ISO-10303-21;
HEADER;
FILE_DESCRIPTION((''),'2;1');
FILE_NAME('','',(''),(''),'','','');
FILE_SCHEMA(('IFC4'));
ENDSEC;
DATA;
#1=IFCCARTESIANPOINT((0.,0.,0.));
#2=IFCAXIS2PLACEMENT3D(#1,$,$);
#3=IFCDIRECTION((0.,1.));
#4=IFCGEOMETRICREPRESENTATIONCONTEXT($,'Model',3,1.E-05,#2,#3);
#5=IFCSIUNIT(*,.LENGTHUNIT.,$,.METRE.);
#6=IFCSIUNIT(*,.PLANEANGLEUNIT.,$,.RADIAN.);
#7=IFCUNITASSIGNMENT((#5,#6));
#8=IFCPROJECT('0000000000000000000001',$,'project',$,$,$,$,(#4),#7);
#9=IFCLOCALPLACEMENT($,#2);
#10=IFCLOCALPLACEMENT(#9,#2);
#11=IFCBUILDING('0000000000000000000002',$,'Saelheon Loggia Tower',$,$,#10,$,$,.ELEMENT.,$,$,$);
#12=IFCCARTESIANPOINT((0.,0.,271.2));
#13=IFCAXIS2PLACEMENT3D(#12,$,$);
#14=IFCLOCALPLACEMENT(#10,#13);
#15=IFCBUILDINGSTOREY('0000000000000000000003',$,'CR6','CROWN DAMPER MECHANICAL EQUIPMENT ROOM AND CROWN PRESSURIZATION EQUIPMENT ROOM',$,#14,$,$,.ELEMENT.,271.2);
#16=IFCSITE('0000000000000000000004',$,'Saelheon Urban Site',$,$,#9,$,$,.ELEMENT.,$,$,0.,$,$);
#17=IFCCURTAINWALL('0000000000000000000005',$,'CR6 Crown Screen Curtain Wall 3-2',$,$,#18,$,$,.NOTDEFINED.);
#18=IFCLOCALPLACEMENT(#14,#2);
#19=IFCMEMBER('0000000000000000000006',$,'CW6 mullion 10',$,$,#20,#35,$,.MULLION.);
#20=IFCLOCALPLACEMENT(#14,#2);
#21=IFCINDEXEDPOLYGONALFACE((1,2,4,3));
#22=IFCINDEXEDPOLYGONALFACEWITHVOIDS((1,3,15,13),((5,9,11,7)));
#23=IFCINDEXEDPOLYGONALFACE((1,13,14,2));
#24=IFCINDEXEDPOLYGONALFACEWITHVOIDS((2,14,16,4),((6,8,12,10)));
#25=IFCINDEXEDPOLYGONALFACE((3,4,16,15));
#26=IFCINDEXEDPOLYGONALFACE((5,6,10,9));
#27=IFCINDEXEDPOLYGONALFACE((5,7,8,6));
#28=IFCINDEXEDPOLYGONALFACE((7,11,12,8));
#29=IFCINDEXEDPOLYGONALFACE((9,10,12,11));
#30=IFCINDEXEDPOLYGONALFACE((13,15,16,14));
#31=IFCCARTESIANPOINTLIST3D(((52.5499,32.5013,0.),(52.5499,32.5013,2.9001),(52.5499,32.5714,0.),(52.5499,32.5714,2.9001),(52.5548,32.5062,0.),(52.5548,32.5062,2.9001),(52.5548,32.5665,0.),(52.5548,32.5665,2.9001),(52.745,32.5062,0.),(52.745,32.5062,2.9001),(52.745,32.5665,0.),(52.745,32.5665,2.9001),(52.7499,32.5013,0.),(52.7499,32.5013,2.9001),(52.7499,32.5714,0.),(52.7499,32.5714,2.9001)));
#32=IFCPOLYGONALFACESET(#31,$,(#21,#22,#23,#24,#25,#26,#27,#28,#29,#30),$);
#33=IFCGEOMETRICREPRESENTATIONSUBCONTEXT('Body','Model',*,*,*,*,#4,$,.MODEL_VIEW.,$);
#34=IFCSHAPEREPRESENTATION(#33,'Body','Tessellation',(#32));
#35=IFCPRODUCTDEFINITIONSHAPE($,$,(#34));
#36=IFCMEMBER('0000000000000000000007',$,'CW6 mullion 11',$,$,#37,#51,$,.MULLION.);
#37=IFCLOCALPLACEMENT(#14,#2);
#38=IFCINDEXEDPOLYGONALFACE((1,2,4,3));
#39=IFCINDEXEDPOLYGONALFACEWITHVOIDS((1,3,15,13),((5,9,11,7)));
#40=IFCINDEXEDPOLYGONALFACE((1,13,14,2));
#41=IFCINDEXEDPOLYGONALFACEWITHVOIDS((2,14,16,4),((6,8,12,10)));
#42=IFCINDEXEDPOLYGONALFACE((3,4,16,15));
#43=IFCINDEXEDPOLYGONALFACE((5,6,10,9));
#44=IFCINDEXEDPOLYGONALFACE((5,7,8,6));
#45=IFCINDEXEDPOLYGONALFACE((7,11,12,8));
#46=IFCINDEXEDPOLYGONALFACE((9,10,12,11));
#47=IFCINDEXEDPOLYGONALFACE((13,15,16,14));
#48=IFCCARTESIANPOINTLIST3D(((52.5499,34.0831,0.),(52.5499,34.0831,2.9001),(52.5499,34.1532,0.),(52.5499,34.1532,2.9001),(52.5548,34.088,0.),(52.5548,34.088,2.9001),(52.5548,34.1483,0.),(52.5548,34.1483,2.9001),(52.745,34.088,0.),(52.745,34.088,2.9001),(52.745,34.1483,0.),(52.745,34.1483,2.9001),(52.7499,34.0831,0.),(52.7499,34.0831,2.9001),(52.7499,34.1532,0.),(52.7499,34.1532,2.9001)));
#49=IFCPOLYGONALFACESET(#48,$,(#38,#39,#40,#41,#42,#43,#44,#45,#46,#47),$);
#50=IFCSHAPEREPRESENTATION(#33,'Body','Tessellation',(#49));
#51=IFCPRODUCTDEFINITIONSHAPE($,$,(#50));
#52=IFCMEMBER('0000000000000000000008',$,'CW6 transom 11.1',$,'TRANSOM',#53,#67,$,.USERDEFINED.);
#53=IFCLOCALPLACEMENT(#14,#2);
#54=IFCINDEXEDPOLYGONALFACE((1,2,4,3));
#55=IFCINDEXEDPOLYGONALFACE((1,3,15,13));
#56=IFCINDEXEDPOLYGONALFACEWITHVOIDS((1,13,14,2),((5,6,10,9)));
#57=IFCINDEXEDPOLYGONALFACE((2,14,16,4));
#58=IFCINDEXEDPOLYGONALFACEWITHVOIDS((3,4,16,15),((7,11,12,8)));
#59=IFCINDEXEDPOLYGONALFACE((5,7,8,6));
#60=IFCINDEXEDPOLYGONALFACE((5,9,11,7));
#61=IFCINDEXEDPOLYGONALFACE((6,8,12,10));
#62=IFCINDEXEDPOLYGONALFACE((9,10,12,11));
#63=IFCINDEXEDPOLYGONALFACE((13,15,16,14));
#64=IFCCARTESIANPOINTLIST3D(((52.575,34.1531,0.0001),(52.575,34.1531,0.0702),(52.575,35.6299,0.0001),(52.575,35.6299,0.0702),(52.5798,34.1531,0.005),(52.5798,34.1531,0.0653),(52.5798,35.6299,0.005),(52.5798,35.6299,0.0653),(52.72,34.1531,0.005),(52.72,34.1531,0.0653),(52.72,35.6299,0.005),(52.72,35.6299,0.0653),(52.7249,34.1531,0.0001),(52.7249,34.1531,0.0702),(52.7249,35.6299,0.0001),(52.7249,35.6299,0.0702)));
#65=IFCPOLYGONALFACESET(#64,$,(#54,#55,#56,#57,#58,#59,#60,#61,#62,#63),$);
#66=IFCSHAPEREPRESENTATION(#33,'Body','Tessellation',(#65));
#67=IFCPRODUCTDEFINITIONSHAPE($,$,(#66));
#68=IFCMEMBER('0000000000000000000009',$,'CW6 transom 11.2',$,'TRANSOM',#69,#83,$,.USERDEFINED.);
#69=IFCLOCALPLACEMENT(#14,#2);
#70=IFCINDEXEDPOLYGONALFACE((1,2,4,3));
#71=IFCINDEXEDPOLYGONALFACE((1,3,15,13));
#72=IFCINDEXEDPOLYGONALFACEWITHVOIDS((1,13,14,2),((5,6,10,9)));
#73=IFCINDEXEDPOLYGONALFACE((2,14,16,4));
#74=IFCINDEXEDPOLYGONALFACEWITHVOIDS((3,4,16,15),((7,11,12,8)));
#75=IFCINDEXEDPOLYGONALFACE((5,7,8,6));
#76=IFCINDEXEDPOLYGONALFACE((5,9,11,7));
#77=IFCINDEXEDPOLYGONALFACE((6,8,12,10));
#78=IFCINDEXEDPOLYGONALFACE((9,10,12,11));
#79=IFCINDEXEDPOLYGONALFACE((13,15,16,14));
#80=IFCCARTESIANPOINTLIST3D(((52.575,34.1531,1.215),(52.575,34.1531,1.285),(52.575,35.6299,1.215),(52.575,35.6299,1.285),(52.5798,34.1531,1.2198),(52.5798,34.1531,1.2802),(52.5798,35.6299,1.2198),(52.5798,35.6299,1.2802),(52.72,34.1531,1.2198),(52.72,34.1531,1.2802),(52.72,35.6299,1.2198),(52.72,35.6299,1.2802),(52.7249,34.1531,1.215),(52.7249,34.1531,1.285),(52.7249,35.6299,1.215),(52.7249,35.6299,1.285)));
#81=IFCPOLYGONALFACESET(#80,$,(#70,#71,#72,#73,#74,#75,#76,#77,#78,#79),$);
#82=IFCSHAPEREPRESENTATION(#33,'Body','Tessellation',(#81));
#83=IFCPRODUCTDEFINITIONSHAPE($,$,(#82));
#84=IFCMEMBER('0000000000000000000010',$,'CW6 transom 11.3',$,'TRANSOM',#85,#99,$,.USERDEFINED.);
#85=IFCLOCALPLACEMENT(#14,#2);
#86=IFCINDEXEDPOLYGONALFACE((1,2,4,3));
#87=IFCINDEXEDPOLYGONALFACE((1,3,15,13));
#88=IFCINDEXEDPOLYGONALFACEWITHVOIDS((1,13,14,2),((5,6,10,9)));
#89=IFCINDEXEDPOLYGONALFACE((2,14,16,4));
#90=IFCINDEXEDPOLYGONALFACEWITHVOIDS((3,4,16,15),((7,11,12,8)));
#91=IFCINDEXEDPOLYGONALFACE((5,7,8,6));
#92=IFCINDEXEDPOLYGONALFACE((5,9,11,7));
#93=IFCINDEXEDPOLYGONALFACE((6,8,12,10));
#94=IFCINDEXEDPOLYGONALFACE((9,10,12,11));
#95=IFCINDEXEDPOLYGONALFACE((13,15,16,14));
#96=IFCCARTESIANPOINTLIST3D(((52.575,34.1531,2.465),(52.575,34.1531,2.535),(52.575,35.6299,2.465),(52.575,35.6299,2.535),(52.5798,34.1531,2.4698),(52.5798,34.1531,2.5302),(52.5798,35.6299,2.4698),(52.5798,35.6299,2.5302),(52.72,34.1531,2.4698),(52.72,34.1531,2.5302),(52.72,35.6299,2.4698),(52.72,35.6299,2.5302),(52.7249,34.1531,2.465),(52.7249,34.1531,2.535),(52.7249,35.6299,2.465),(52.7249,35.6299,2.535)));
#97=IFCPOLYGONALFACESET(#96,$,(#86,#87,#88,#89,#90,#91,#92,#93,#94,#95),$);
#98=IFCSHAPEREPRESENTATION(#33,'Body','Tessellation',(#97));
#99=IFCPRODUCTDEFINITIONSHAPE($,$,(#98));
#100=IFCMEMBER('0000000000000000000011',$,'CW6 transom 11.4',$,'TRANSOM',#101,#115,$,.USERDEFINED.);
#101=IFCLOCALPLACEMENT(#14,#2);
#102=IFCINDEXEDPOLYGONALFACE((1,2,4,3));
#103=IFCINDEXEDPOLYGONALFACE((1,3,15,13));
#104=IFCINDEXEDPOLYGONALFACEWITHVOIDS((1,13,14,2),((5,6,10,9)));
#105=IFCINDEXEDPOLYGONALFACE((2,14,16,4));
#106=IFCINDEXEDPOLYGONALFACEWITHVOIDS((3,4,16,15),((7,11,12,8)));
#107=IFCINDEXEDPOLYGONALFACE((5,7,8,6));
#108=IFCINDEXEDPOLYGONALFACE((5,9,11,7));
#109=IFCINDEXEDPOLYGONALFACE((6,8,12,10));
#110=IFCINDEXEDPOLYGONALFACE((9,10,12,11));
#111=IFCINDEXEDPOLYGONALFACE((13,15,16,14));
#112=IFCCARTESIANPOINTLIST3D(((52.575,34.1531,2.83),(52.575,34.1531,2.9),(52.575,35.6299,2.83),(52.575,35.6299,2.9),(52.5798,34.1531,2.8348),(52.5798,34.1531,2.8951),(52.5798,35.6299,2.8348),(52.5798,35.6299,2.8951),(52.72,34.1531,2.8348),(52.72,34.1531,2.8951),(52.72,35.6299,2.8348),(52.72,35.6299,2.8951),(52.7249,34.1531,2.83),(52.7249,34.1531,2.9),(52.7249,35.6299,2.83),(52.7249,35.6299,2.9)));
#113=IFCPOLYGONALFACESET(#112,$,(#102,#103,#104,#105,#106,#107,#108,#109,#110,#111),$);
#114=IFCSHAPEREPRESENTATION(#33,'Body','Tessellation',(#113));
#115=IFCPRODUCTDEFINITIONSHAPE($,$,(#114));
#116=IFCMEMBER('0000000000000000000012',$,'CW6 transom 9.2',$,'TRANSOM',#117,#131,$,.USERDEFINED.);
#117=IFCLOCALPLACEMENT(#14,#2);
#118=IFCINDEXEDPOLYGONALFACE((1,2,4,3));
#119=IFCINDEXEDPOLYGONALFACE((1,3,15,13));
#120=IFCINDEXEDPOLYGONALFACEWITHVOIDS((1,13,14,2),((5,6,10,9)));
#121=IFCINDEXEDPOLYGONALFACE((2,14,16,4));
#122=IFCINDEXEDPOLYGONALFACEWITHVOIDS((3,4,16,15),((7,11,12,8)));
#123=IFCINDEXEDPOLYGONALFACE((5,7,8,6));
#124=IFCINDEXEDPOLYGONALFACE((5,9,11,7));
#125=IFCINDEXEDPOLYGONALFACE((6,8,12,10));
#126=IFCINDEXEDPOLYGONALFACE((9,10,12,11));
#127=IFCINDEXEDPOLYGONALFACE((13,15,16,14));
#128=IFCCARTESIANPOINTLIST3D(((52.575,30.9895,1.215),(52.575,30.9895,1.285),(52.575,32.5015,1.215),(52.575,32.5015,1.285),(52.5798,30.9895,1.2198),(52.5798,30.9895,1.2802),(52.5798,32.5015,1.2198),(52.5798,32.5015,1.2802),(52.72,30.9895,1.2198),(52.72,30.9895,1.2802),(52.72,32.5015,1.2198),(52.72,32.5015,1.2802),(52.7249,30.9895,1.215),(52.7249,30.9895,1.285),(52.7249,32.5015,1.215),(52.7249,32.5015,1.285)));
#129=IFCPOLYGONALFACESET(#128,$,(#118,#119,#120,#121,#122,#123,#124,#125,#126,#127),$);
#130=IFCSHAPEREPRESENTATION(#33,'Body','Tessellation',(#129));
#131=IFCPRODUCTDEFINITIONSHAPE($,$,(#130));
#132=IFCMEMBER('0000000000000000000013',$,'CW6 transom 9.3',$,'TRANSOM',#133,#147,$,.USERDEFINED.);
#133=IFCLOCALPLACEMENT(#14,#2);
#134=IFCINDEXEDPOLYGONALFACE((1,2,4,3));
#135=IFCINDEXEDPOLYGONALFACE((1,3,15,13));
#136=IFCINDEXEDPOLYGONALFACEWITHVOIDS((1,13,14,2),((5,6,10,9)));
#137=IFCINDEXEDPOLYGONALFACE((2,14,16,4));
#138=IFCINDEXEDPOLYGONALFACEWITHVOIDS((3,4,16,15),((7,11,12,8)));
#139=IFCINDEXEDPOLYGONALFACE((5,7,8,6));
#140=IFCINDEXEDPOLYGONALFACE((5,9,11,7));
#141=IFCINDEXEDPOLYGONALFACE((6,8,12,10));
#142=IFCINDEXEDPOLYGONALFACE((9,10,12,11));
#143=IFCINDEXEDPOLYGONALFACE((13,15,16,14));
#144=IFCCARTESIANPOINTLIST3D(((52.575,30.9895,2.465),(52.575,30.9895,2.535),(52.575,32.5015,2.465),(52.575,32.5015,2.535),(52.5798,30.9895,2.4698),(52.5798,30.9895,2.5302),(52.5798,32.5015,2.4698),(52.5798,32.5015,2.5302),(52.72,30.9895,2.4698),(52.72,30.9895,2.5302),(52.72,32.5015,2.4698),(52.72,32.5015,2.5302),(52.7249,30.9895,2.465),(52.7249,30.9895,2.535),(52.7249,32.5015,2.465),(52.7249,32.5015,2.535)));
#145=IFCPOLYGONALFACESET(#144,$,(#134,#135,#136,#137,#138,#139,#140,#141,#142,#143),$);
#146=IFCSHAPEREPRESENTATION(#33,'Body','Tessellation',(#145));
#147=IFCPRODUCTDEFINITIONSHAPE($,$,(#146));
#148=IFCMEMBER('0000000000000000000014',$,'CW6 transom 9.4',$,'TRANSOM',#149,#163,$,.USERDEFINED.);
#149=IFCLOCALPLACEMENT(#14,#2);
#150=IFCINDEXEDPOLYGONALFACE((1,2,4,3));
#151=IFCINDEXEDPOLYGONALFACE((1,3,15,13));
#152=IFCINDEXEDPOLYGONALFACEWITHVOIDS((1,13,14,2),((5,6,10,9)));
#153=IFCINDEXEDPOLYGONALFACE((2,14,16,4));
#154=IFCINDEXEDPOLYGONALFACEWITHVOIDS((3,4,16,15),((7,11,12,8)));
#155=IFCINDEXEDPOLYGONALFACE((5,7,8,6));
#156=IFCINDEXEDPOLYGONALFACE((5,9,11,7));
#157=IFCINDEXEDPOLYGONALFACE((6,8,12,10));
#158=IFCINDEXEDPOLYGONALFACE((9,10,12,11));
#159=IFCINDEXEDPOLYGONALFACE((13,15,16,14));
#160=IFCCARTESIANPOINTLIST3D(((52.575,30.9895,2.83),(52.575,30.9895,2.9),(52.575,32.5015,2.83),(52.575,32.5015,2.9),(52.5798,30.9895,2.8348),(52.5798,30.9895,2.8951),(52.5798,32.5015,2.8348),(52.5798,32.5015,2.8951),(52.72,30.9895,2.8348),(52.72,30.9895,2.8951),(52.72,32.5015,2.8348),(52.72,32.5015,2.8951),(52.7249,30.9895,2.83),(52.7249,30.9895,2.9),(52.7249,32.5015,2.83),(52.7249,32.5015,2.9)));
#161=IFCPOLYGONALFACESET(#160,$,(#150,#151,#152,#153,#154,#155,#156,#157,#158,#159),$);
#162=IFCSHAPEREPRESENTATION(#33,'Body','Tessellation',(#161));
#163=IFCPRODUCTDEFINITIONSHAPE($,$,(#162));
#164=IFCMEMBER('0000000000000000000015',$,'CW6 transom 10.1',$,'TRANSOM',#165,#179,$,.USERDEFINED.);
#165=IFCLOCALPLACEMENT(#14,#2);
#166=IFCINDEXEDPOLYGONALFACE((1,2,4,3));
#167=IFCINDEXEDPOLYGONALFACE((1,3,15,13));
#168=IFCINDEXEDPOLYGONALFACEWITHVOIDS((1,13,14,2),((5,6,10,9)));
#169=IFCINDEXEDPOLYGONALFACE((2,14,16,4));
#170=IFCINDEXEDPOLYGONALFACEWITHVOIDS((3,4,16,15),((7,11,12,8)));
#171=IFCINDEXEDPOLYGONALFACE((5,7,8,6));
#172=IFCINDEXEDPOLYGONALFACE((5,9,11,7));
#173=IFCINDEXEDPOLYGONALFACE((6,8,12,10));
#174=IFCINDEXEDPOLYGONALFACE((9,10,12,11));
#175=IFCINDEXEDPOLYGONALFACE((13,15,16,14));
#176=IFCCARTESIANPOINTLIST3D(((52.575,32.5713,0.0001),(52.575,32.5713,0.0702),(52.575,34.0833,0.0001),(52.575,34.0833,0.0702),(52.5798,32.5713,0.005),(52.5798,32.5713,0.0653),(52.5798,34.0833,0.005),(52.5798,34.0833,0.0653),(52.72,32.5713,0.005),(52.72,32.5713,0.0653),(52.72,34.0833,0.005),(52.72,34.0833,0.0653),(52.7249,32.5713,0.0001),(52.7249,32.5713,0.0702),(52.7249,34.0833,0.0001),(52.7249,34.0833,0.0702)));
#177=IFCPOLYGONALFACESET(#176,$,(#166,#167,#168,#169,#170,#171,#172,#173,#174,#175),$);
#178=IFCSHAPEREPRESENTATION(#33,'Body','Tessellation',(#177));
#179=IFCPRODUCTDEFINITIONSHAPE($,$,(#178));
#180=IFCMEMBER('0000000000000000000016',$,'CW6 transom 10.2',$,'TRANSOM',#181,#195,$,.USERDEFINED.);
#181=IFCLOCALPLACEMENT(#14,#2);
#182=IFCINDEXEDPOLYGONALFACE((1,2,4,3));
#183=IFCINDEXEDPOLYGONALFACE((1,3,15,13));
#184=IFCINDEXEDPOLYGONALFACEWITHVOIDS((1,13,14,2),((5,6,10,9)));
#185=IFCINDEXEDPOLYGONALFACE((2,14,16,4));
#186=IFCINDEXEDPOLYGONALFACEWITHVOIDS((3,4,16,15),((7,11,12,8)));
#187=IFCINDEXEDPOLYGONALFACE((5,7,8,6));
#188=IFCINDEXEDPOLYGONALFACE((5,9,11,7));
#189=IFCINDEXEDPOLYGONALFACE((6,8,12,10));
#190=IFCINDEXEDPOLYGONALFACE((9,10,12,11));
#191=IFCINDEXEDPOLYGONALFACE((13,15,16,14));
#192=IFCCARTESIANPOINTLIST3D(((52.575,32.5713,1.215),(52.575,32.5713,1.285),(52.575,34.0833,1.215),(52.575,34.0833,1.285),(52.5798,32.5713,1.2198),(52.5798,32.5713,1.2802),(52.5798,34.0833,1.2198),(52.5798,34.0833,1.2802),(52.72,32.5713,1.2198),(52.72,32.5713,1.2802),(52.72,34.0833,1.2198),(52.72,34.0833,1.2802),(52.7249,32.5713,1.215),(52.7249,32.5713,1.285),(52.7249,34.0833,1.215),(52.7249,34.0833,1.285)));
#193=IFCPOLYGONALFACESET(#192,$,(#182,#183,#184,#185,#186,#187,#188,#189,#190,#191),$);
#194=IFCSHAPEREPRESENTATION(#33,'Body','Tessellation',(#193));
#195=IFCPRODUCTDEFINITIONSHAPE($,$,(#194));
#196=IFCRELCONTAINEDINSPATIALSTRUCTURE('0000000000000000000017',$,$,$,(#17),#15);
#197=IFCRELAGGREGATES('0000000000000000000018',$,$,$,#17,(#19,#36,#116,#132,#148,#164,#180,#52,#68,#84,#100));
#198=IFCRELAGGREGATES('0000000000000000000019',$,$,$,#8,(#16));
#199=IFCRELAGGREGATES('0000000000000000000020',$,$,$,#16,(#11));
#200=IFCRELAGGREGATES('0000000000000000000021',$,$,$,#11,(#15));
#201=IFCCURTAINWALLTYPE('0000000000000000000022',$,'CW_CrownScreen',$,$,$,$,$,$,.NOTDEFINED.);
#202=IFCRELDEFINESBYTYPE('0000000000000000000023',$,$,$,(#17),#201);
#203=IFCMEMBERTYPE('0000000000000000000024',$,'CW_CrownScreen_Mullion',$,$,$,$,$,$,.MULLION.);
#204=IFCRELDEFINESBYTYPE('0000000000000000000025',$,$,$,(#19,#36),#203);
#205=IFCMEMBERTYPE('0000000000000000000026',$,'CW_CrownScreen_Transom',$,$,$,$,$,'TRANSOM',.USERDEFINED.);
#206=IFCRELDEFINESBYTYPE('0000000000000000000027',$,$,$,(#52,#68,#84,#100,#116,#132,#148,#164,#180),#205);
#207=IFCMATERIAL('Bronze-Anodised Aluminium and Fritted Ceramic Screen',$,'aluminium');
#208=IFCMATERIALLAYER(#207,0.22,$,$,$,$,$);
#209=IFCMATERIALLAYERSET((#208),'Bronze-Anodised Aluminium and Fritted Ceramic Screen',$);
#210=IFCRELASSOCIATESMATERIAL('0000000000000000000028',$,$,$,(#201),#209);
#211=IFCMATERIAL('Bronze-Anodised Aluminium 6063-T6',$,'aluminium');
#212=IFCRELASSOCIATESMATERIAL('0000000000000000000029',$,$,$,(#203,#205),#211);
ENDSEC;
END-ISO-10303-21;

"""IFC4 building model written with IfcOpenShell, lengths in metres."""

from ifc_helpers import new_model, si_unit, direction, frame, origin, origin_2d, place, context, subcontext, project, spatial, hollow_rectangle, extrude, source, transform, mapped, material, layer, layer_set, material_profile, profile_set, type_object, element, aggregate, save


model = new_model("IFC4")

# Units and contexts
model_context = context("Model", 3, precision=1e-05, world=origin(), true_north=direction((0.0, 1.0)))
body_context = subcontext(model_context, "Body", "Model", "MODEL_VIEW")
ifc_project = project(units=[si_unit("LENGTHUNIT", "METRE"), si_unit("PLANEANGLEUNIT", "RADIAN")], contexts=[model_context])

# Site, building, storey
site_placement = place(None, origin())
site = spatial("IfcSite", under=ifc_project, at=site_placement, Name="Saelheon Urban Site", CompositionType="ELEMENT", RefElevation=0.0)
building_placement = place(site_placement, origin())
building = spatial("IfcBuilding", under=site, at=building_placement, Name="Saelheon Loggia Tower", CompositionType="ELEMENT")
storey_placement = place(building_placement, frame((0.0, 0.0, 271.2)))
storey = spatial("IfcBuildingStorey", under=building, at=storey_placement, Name="CR6", Description="CROWN DAMPER MECHANICAL EQUIPMENT ROOM AND CROWN PRESSURIZATION EQUIPMENT ROOM", CompositionType="ELEMENT", Elevation=271.2)

# Curtain wall, members
ifc_material_1 = material(Name="Bronze-Anodised Aluminium and Fritted Ceramic Screen", Category="aluminium")
ifc_layer_1 = layer(ifc_material_1, 0.22)
ifc_layer_set_1 = layer_set([ifc_layer_1], Name="Bronze-Anodised Aluminium and Fritted Ceramic Screen")
curtain_wall_type = type_object("IfcCurtainWallType", Name="CW_CrownScreen", PredefinedType="NOTDEFINED", material=ifc_layer_set_1)
curtain_wall_placement = place(storey_placement, origin())
curtain_wall = element("IfcCurtainWall", 1, at=curtain_wall_placement, inside=storey, type_object=curtain_wall_type, Name="CR6 Crown Screen Curtain Wall 3-2", PredefinedType="NOTDEFINED")
ifc_material_2 = material(Name="Bronze-Anodised Aluminium 6063-T6", Category="aluminium")
ifc_material_profile_1 = material_profile(ifc_material_2, hollow_rectangle(XDim=0.0701, YDim=0.2, WallThickness=0.0049, at=origin_2d()), Name="RHS-200x70x5")
ifc_profile_set_1 = profile_set([ifc_material_profile_1], Name="Bronze-Anodised Aluminium 6063-T6")
member_type_1 = type_object("IfcMemberType", Name="CW_CrownScreen_Mullion", PredefinedType="MULLION", material=ifc_profile_set_1)
shared_shape_1 = source(origin(), body_context, "Body", "SweptSolid", [
    extrude(hollow_rectangle(XDim=0.0701, YDim=0.2, WallThickness=0.0049, at=origin_2d()), origin(), (0.0, 0.0, 1.0), 2.9001),
])
member_1_placement = place(storey_placement, frame((52.6499, 32.5364, 0.0), z_axis=(0.0, 0.0, 1.0), x_axis=(0.0, 1.0, 0.0)))
member_1 = element("IfcMember", 2, at=member_1_placement, type_object=member_type_1, Name="CW6 mullion 10", PredefinedType="MULLION", context=body_context, shape_type="MappedRepresentation", body=[
    mapped(shared_shape_1, transform((0.0, 0.0, 0.0), scale=1.0)),
])
member_2_placement = place(storey_placement, frame((52.6499, 34.1182, 0.0), z_axis=(0.0, 0.0, 1.0), x_axis=(0.0, 1.0, 0.0)))
member_2 = element("IfcMember", 3, at=member_2_placement, type_object=member_type_1, Name="CW6 mullion 11", PredefinedType="MULLION", context=body_context, shape_type="MappedRepresentation", body=[
    mapped(shared_shape_1, transform((0.0, 0.0, 0.0), scale=1.0)),
])
ifc_material_profile_2 = material_profile(ifc_material_2, hollow_rectangle(XDim=0.0701, YDim=0.1499, WallThickness=0.0049, at=origin_2d()), Name="RHS-150x70x5")
ifc_profile_set_2 = profile_set([ifc_material_profile_2], Name="Bronze-Anodised Aluminium 6063-T6")
member_type_2 = type_object("IfcMemberType", Name="CW_CrownScreen_Transom", ElementType="TRANSOM", PredefinedType="USERDEFINED", material=ifc_profile_set_2)
shared_shape_2 = source(origin(), body_context, "Body", "SweptSolid", [
    extrude(hollow_rectangle(XDim=0.0701, YDim=0.1499, WallThickness=0.0049, at=origin_2d()), origin(), (0.0, 0.0, 1.0), 1.4768),
])
member_3_placement = place(storey_placement, frame((52.6499, 34.1531, 0.0352), z_axis=(0.0, 1.0, 0.0), x_axis=(0.0, 0.0, 1.0)))
member_3 = element("IfcMember", 4, at=member_3_placement, type_object=member_type_2, Name="CW6 transom 11.1", ObjectType="TRANSOM", PredefinedType="USERDEFINED", context=body_context, shape_type="MappedRepresentation", body=[
    mapped(shared_shape_2, transform((0.0, 0.0, 0.0), scale=1.0)),
])
member_4_placement = place(storey_placement, frame((52.6499, 34.1531, 1.25), z_axis=(0.0, 1.0, 0.0), x_axis=(0.0, 0.0, 1.0)))
member_4 = element("IfcMember", 5, at=member_4_placement, type_object=member_type_2, Name="CW6 transom 11.2", ObjectType="TRANSOM", PredefinedType="USERDEFINED", context=body_context, shape_type="MappedRepresentation", body=[
    mapped(shared_shape_2, transform((0.0, 0.0, 0.0), scale=1.0)),
])
member_5_placement = place(storey_placement, frame((52.6499, 34.1531, 2.5), z_axis=(0.0, 1.0, 0.0), x_axis=(0.0, 0.0, 1.0)))
member_5 = element("IfcMember", 6, at=member_5_placement, type_object=member_type_2, Name="CW6 transom 11.3", ObjectType="TRANSOM", PredefinedType="USERDEFINED", context=body_context, shape_type="MappedRepresentation", body=[
    mapped(shared_shape_2, transform((0.0, 0.0, 0.0), scale=1.0)),
])
member_6_placement = place(storey_placement, frame((52.6499, 34.1531, 2.865), z_axis=(0.0, 1.0, 0.0), x_axis=(0.0, 0.0, 1.0)))
member_6 = element("IfcMember", 7, at=member_6_placement, type_object=member_type_2, Name="CW6 transom 11.4", ObjectType="TRANSOM", PredefinedType="USERDEFINED", context=body_context, shape_type="MappedRepresentation", body=[
    mapped(shared_shape_2, transform((0.0, 0.0, 0.0), scale=1.0)),
])
shared_shape_3 = source(origin(), body_context, "Body", "SweptSolid", [
    extrude(hollow_rectangle(XDim=0.0701, YDim=0.1499, WallThickness=0.0049, at=origin_2d()), origin(), (0.0, 0.0, 1.0), 1.512),
])
member_7_placement = place(storey_placement, frame((52.6499, 30.9895, 1.25), z_axis=(0.0, 1.0, 0.0), x_axis=(0.0, 0.0, 1.0)))
member_7 = element("IfcMember", 8, at=member_7_placement, type_object=member_type_2, Name="CW6 transom 9.2", ObjectType="TRANSOM", PredefinedType="USERDEFINED", context=body_context, shape_type="MappedRepresentation", body=[
    mapped(shared_shape_3, transform((0.0, 0.0, 0.0), scale=1.0)),
])
member_8_placement = place(storey_placement, frame((52.6499, 30.9895, 2.5), z_axis=(0.0, 1.0, 0.0), x_axis=(0.0, 0.0, 1.0)))
member_8 = element("IfcMember", 9, at=member_8_placement, type_object=member_type_2, Name="CW6 transom 9.3", ObjectType="TRANSOM", PredefinedType="USERDEFINED", context=body_context, shape_type="MappedRepresentation", body=[
    mapped(shared_shape_3, transform((0.0, 0.0, 0.0), scale=1.0)),
])
member_9_placement = place(storey_placement, frame((52.6499, 30.9895, 2.865), z_axis=(0.0, 1.0, 0.0), x_axis=(0.0, 0.0, 1.0)))
member_9 = element("IfcMember", 10, at=member_9_placement, type_object=member_type_2, Name="CW6 transom 9.4", ObjectType="TRANSOM", PredefinedType="USERDEFINED", context=body_context, shape_type="MappedRepresentation", body=[
    mapped(shared_shape_3, transform((0.0, 0.0, 0.0), scale=1.0)),
])
member_10_placement = place(storey_placement, frame((52.6499, 32.5713, 0.0352), z_axis=(0.0, 1.0, 0.0), x_axis=(0.0, 0.0, 1.0)))
member_10 = element("IfcMember", 11, at=member_10_placement, type_object=member_type_2, Name="CW6 transom 10.1", ObjectType="TRANSOM", PredefinedType="USERDEFINED", context=body_context, shape_type="MappedRepresentation", body=[
    mapped(shared_shape_3, transform((0.0, 0.0, 0.0), scale=1.0)),
])
member_11_placement = place(storey_placement, frame((52.6499, 32.5713, 1.25), z_axis=(0.0, 1.0, 0.0), x_axis=(0.0, 0.0, 1.0)))
member_11 = element("IfcMember", 12, at=member_11_placement, type_object=member_type_2, Name="CW6 transom 10.2", ObjectType="TRANSOM", PredefinedType="USERDEFINED", context=body_context, shape_type="MappedRepresentation", body=[
    mapped(shared_shape_3, transform((0.0, 0.0, 0.0), scale=1.0)),
])
aggregate(curtain_wall, [member_1, member_2, member_7, member_8, member_9, member_10, member_11, member_3, member_4, member_5, member_6])

save(model, "model.ifc")
